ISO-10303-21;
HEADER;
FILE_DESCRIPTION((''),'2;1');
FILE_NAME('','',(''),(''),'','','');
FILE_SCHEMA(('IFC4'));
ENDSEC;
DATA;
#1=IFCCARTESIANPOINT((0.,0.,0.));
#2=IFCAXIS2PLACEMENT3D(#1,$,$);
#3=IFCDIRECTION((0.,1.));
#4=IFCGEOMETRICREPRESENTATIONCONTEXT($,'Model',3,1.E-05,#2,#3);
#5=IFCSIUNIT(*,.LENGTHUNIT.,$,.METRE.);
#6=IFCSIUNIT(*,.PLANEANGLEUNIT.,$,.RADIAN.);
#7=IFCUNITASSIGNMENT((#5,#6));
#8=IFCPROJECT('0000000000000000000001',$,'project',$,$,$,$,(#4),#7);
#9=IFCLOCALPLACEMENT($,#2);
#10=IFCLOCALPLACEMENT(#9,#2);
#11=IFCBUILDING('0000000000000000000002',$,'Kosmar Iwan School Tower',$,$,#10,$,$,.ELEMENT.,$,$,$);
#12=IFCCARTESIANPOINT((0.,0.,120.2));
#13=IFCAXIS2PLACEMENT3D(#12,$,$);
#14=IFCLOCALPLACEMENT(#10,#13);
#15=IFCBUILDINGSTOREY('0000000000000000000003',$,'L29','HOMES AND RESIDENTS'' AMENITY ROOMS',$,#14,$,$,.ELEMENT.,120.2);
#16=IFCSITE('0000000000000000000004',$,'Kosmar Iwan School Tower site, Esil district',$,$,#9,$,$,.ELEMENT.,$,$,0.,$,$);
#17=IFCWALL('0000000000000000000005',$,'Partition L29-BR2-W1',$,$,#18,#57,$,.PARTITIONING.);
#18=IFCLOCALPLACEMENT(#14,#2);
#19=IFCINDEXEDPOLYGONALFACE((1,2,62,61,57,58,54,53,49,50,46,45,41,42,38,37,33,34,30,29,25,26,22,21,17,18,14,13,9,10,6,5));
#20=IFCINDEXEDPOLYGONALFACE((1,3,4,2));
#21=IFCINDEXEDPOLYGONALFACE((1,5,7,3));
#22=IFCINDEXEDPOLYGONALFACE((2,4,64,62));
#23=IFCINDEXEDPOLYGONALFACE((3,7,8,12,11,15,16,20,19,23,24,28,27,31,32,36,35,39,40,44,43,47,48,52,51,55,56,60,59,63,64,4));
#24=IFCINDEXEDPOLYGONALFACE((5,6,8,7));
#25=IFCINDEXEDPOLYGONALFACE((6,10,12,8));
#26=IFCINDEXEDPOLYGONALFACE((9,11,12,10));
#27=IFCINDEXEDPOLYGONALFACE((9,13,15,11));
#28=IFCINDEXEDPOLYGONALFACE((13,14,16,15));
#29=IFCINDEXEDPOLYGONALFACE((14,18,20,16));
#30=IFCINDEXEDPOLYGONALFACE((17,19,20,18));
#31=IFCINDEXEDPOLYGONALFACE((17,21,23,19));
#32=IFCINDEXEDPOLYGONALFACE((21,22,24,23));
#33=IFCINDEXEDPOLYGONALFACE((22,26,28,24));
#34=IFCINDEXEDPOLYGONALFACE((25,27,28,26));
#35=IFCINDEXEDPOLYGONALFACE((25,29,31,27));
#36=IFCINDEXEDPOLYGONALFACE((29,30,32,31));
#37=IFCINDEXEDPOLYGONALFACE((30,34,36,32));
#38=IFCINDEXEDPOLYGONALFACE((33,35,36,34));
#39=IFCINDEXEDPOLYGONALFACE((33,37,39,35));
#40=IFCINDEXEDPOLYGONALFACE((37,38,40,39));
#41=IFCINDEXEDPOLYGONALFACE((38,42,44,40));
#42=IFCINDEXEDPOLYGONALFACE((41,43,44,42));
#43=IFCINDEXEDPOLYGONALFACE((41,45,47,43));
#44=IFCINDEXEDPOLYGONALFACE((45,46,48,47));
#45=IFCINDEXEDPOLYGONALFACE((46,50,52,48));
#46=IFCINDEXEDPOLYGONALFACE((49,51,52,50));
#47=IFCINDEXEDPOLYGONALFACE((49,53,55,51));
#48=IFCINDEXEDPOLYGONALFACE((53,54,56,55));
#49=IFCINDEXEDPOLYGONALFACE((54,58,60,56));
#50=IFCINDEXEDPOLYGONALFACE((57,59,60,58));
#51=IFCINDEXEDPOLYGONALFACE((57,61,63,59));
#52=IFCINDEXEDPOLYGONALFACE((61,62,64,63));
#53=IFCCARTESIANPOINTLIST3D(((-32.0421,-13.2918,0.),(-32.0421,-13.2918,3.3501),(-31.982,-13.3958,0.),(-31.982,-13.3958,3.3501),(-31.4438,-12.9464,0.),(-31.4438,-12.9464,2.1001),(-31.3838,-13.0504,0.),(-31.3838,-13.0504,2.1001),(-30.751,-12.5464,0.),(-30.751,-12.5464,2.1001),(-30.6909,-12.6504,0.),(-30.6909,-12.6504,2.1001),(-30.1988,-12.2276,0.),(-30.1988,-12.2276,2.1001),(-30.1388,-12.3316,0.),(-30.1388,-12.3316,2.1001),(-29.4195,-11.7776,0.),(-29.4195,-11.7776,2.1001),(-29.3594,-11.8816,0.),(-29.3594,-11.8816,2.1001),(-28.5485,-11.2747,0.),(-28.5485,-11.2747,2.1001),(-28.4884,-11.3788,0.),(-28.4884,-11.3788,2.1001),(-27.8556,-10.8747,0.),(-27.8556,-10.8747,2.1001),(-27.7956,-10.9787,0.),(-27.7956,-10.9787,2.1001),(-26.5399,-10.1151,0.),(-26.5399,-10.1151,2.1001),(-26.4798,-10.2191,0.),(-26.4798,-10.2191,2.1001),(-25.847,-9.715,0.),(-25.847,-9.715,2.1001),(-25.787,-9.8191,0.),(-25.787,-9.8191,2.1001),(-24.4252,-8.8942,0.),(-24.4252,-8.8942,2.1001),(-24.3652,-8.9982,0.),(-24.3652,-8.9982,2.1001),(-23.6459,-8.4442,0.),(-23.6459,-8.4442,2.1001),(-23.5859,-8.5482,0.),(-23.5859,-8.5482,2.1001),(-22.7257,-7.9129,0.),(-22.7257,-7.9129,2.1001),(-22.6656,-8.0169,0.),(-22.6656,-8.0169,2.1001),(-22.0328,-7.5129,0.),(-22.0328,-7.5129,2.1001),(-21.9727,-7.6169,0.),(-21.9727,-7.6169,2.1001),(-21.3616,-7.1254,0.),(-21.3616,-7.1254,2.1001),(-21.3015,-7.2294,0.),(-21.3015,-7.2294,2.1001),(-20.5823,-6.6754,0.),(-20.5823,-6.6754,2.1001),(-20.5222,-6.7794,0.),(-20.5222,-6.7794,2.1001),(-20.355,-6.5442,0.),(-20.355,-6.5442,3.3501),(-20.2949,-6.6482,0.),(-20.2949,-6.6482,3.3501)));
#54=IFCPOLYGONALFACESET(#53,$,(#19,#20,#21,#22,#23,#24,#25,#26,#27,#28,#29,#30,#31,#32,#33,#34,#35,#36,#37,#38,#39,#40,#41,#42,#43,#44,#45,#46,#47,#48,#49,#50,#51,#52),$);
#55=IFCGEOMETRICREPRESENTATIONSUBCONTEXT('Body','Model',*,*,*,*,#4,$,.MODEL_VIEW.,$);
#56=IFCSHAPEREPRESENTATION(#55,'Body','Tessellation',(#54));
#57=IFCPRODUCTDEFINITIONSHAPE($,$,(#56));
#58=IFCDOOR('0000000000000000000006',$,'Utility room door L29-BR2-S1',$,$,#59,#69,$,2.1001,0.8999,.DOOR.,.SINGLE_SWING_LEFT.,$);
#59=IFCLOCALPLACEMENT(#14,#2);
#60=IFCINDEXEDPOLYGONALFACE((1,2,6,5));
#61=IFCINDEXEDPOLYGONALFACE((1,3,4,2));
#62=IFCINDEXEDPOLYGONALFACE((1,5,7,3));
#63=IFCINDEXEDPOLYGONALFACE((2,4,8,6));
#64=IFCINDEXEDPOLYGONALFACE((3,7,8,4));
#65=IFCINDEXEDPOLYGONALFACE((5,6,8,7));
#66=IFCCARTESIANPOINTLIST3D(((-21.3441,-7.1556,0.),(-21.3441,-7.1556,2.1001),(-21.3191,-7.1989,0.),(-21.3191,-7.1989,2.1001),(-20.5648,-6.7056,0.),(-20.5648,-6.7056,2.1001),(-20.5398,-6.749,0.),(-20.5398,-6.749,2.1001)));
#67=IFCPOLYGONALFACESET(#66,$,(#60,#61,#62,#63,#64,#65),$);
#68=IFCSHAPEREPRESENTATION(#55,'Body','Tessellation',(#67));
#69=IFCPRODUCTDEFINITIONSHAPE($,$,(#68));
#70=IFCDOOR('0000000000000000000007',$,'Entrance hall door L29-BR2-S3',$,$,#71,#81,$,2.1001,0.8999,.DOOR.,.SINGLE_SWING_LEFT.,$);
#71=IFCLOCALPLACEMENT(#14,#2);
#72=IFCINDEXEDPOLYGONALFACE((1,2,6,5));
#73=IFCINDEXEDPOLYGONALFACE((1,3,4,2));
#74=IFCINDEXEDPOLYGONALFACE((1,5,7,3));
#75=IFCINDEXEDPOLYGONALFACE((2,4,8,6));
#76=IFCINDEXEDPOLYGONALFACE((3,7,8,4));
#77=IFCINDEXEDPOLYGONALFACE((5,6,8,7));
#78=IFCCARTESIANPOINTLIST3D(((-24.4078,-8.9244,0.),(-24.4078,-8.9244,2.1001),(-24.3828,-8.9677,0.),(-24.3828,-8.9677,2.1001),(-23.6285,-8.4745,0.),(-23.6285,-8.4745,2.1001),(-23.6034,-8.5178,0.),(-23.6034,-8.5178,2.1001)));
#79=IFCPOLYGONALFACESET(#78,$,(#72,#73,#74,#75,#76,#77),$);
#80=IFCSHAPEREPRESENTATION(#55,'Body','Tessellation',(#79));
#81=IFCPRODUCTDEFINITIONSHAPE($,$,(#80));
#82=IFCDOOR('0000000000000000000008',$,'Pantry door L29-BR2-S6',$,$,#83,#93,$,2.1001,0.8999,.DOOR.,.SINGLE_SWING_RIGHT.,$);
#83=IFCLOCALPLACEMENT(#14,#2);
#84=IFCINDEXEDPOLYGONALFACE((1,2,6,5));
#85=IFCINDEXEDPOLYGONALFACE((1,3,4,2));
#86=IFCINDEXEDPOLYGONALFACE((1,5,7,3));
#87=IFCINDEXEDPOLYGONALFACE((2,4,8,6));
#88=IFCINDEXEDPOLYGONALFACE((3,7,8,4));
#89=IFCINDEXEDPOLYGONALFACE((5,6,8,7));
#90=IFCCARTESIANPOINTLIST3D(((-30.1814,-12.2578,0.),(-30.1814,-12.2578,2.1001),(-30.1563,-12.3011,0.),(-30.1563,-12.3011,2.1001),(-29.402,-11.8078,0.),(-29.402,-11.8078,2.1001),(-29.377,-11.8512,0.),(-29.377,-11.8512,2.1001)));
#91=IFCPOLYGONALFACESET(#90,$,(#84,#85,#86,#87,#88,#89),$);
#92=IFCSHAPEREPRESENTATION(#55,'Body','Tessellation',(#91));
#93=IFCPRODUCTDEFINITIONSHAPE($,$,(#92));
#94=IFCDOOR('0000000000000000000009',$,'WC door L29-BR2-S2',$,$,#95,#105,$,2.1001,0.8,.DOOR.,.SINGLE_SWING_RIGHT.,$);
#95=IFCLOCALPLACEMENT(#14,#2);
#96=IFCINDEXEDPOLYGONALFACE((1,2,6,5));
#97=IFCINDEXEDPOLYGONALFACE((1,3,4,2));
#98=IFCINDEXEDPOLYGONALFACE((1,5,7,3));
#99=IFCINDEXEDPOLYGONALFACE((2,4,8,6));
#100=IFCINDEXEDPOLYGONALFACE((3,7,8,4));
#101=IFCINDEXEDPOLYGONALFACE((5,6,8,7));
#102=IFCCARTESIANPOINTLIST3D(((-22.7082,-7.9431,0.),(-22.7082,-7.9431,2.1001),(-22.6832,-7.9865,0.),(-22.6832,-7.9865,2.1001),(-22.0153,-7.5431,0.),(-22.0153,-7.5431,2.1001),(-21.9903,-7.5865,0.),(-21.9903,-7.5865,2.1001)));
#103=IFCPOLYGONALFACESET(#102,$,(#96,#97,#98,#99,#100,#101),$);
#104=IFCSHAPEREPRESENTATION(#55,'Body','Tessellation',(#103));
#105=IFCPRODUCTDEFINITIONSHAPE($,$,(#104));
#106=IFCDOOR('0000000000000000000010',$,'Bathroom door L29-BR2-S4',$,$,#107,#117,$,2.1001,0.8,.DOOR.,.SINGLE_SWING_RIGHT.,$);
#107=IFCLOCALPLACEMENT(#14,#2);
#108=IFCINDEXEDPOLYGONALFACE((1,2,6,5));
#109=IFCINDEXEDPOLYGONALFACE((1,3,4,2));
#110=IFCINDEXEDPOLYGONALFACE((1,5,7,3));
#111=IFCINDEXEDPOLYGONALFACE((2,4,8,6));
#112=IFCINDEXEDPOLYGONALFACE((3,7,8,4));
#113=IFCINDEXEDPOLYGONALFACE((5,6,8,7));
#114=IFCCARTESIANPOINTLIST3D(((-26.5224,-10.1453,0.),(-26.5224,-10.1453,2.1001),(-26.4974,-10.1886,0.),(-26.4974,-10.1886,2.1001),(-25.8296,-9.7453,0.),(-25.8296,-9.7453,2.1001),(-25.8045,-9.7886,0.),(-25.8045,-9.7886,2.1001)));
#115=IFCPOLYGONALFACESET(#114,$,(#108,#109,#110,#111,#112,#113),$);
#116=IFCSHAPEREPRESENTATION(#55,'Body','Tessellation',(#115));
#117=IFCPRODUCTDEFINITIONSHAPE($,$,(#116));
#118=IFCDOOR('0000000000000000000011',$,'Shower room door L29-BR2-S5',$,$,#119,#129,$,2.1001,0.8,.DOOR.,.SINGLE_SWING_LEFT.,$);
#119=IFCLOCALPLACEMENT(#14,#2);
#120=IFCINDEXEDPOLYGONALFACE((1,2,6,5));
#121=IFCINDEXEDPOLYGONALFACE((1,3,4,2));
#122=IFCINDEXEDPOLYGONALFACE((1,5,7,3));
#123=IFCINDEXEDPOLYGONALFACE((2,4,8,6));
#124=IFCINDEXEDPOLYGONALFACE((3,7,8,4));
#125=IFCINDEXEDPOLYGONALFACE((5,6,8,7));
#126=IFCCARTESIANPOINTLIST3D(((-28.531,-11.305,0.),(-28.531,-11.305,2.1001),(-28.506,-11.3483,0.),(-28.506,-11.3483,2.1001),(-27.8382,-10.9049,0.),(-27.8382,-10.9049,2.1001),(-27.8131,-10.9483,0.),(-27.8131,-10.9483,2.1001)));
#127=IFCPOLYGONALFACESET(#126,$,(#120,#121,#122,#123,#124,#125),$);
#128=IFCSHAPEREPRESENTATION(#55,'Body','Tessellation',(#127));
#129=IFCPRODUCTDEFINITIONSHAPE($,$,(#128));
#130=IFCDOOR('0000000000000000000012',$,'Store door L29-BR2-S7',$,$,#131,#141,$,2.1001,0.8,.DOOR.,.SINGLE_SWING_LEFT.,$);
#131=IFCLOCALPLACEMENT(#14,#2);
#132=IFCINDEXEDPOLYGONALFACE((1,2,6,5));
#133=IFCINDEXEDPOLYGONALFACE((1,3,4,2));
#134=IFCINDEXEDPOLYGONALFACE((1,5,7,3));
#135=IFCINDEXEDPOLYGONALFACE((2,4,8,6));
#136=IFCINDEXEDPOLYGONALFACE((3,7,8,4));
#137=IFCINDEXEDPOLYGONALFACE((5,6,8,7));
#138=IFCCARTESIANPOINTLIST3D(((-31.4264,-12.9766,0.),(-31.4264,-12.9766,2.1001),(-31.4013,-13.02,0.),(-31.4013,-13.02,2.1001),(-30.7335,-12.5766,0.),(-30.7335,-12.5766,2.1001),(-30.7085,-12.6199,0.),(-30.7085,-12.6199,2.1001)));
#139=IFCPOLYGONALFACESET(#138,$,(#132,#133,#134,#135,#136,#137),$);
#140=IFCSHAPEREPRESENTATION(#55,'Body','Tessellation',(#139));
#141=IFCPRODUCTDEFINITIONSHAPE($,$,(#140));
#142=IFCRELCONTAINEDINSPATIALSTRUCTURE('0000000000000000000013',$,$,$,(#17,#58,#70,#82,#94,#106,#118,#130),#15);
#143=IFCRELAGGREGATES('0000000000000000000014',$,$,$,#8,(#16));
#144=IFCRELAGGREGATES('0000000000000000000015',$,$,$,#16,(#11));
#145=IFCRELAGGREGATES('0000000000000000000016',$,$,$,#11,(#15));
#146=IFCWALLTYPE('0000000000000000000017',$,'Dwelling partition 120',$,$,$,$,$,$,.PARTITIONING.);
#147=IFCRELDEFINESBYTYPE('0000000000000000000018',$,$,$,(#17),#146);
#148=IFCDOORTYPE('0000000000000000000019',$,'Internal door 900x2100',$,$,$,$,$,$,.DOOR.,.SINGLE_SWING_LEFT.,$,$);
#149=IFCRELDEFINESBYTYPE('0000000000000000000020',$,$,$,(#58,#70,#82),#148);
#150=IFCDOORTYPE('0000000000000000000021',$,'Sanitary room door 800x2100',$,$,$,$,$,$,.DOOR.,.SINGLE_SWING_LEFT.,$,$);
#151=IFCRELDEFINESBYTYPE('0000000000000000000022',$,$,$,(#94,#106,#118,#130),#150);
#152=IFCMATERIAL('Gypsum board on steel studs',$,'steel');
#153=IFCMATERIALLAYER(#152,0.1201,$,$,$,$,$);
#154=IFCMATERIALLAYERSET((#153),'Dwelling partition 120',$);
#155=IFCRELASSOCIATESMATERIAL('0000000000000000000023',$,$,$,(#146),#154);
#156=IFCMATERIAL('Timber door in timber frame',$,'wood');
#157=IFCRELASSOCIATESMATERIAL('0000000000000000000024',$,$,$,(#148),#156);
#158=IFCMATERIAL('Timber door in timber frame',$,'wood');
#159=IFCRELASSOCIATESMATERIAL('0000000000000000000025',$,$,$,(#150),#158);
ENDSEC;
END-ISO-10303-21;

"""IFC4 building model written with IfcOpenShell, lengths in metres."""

from ifc_helpers import new_model, si_unit, direction, frame, frame_2d, origin, place, context, subcontext, project, spatial, rectangle, extrude, material, layer, layer_set, type_object, element, fill, save


model = new_model("IFC4")

# Units and contexts
model_context = context("Model", 3, precision=1e-05, world=origin(), true_north=direction((0.0, 1.0)))
body_context = subcontext(model_context, "Body", "Model", "MODEL_VIEW")
ifc_project = project(units=[si_unit("LENGTHUNIT", "METRE"), si_unit("PLANEANGLEUNIT", "RADIAN")], contexts=[model_context])

# Site, building, storey
site_placement = place(None, origin())
site = spatial("IfcSite", under=ifc_project, at=site_placement, Name="Kosmar Iwan School Tower site, Esil district", CompositionType="ELEMENT", RefElevation=0.0)
building_placement = place(site_placement, origin())
building = spatial("IfcBuilding", under=site, at=building_placement, Name="Kosmar Iwan School Tower", CompositionType="ELEMENT")
storey_placement = place(building_placement, frame((0.0, 0.0, 120.2)))
storey = spatial("IfcBuildingStorey", under=building, at=storey_placement, Name="L29", Description="HOMES AND RESIDENTS' AMENITY ROOMS", CompositionType="ELEMENT", Elevation=120.2)

# Shared definitions
ifc_material_1 = material(Name="Gypsum board on steel studs", Category="steel")
ifc_layer_1 = layer(ifc_material_1, 0.1201)
ifc_layer_set_1 = layer_set([ifc_layer_1], Name="Dwelling partition 120")
wall_type_1 = type_object("IfcWallType", Name="Dwelling partition 120", PredefinedType="PARTITIONING", material=ifc_layer_set_1)

# Wall, openings, doors
wall_1_placement = place(storey_placement, frame((-20.325, -6.5962, 0.0), z_axis=(0.0, 0.0, 1.0), x_axis=(-0.866024, -0.500003, 0.0)))
wall_1 = element("IfcWall", 1, at=wall_1_placement, inside=storey, type_object=wall_type_1, Name="Partition L29-BR2-W1", PredefinedType="PARTITIONING", context=body_context, shape_type="SweptSolid", body=[
    extrude(rectangle(XDim=13.4951, YDim=0.1201, at=frame_2d((6.7476, 0.0))), origin(), (0.0, 0.0, 1.0), 3.3501),
])
opening_1_placement = place(wall_1_placement, frame((0.2625, 0.0, 0.0)))
opening_1 = element("IfcOpeningElement", 2, at=opening_1_placement, cuts=wall_1, PredefinedType="OPENING", context=body_context, shape_type="SweptSolid", body=[
    extrude(rectangle(XDim=0.8999, YDim=2.1001, at=frame_2d((0.45, 1.05))), frame((0.0, 0.072, 0.0), z_axis=(0.0, -1.0, 0.0), x_axis=(1.0, 0.0, 0.0)), (0.0, 0.0, 1.0), 0.144),
])
opening_2_placement = place(wall_1_placement, frame((1.9375, 0.0, 0.0)))
opening_2 = element("IfcOpeningElement", 3, at=opening_2_placement, cuts=wall_1, PredefinedType="OPENING", context=body_context, shape_type="SweptSolid", body=[
    extrude(rectangle(XDim=0.8, YDim=2.1001, at=frame_2d((0.3999, 1.05))), frame((0.0, 0.072, 0.0), z_axis=(0.0, -1.0, 0.0), x_axis=(1.0, 0.0, 0.0)), (0.0, 0.0, 1.0), 0.144),
])
opening_3_placement = place(wall_1_placement, frame((3.8, 0.0, 0.0)))
opening_3 = element("IfcOpeningElement", 4, at=opening_3_placement, cuts=wall_1, PredefinedType="OPENING", context=body_context, shape_type="SweptSolid", body=[
    extrude(rectangle(XDim=0.8999, YDim=2.1001, at=frame_2d((0.45, 1.05))), frame((0.0, 0.072, 0.0), z_axis=(0.0, -1.0, 0.0), x_axis=(1.0, 0.0, 0.0)), (0.0, 0.0, 1.0), 0.144),
])
opening_4_placement = place(wall_1_placement, frame((6.3418, 0.0, 0.0)))
opening_4 = element("IfcOpeningElement", 5, at=opening_4_placement, cuts=wall_1, PredefinedType="OPENING", context=body_context, shape_type="SweptSolid", body=[
    extrude(rectangle(XDim=0.8, YDim=2.1001, at=frame_2d((0.3999, 1.05))), frame((0.0, 0.072, 0.0), z_axis=(0.0, -1.0, 0.0), x_axis=(1.0, 0.0, 0.0)), (0.0, 0.0, 1.0), 0.144),
])
opening_5_placement = place(wall_1_placement, frame((8.6611, 0.0, 0.0)))
opening_5 = element("IfcOpeningElement", 6, at=opening_5_placement, cuts=wall_1, PredefinedType="OPENING", context=body_context, shape_type="SweptSolid", body=[
    extrude(rectangle(XDim=0.8, YDim=2.1001, at=frame_2d((0.3999, 1.05))), frame((0.0, 0.072, 0.0), z_axis=(0.0, -1.0, 0.0), x_axis=(1.0, 0.0, 0.0)), (0.0, 0.0, 1.0), 0.144),
])
opening_6_placement = place(wall_1_placement, frame((10.4668, 0.0, 0.0)))
opening_6 = element("IfcOpeningElement", 7, at=opening_6_placement, cuts=wall_1, PredefinedType="OPENING", context=body_context, shape_type="SweptSolid", body=[
    extrude(rectangle(XDim=0.8999, YDim=2.1001, at=frame_2d((0.45, 1.05))), frame((0.0, 0.072, 0.0), z_axis=(0.0, -1.0, 0.0), x_axis=(1.0, 0.0, 0.0)), (0.0, 0.0, 1.0), 0.144),
])
opening_7_placement = place(wall_1_placement, frame((12.0044, 0.0, 0.0)))
opening_7 = element("IfcOpeningElement", 8, at=opening_7_placement, cuts=wall_1, PredefinedType="OPENING", context=body_context, shape_type="SweptSolid", body=[
    extrude(rectangle(XDim=0.8, YDim=2.1001, at=frame_2d((0.3999, 1.05))), frame((0.0, 0.072, 0.0), z_axis=(0.0, -1.0, 0.0), x_axis=(1.0, 0.0, 0.0)), (0.0, 0.0, 1.0), 0.144),
])
ifc_material_2 = material(Name="Timber door in timber frame", Category="wood")
door_type_1 = type_object("IfcDoorType", Name="Internal door 900x2100", OperationType="SINGLE_SWING_LEFT", PredefinedType="DOOR", material=ifc_material_2)
door_1_placement = place(opening_1_placement, origin())
door_1 = element("IfcDoor", 9, at=door_1_placement, inside=storey, type_object=door_type_1, Name="Utility room door L29-BR2-S1", OperationType="SINGLE_SWING_LEFT", OverallHeight=2.1001, OverallWidth=0.8999, PredefinedType="DOOR", context=body_context, shape_type="SweptSolid", body=[
    extrude(rectangle(XDim=0.8999, YDim=2.1001, at=frame_2d((0.45, 1.05))), frame((0.0, 0.0249, 0.0), z_axis=(0.0, -1.0, 0.0), x_axis=(1.0, 0.0, 0.0)), (0.0, 0.0, 1.0), 0.05),
])
fill(opening_1, door_1)
door_2_placement = place(opening_3_placement, origin())
door_2 = element("IfcDoor", 10, at=door_2_placement, inside=storey, type_object=door_type_1, Name="Entrance hall door L29-BR2-S3", OperationType="SINGLE_SWING_LEFT", OverallHeight=2.1001, OverallWidth=0.8999, PredefinedType="DOOR", context=body_context, shape_type="SweptSolid", body=[
    extrude(rectangle(XDim=0.8999, YDim=2.1001, at=frame_2d((0.45, 1.05))), frame((0.0, 0.0249, 0.0), z_axis=(0.0, -1.0, 0.0), x_axis=(1.0, 0.0, 0.0)), (0.0, 0.0, 1.0), 0.05),
])
fill(opening_3, door_2)
door_3_placement = place(opening_6_placement, origin())
door_3 = element("IfcDoor", 11, at=door_3_placement, inside=storey, type_object=door_type_1, Name="Pantry door L29-BR2-S6", OperationType="SINGLE_SWING_RIGHT", OverallHeight=2.1001, OverallWidth=0.8999, PredefinedType="DOOR", context=body_context, shape_type="SweptSolid", body=[
    extrude(rectangle(XDim=0.8999, YDim=2.1001, at=frame_2d((0.45, 1.05))), frame((0.0, 0.0249, 0.0), z_axis=(0.0, -1.0, 0.0), x_axis=(1.0, 0.0, 0.0)), (0.0, 0.0, 1.0), 0.05),
])
fill(opening_6, door_3)
ifc_material_3 = material(Name="Timber door in timber frame", Category="wood")
door_type_2 = type_object("IfcDoorType", Name="Sanitary room door 800x2100", OperationType="SINGLE_SWING_LEFT", PredefinedType="DOOR", material=ifc_material_3)
door_4_placement = place(opening_2_placement, origin())
door_4 = element("IfcDoor", 12, at=door_4_placement, inside=storey, type_object=door_type_2, Name="WC door L29-BR2-S2", OperationType="SINGLE_SWING_RIGHT", OverallHeight=2.1001, OverallWidth=0.8, PredefinedType="DOOR", context=body_context, shape_type="SweptSolid", body=[
    extrude(rectangle(XDim=0.8, YDim=2.1001, at=frame_2d((0.3999, 1.05))), frame((0.0, 0.0249, 0.0), z_axis=(0.0, -1.0, 0.0), x_axis=(1.0, 0.0, 0.0)), (0.0, 0.0, 1.0), 0.05),
])
fill(opening_2, door_4)
door_5_placement = place(opening_4_placement, origin())
door_5 = element("IfcDoor", 13, at=door_5_placement, inside=storey, type_object=door_type_2, Name="Bathroom door L29-BR2-S4", OperationType="SINGLE_SWING_RIGHT", OverallHeight=2.1001, OverallWidth=0.8, PredefinedType="DOOR", context=body_context, shape_type="SweptSolid", body=[
    extrude(rectangle(XDim=0.8, YDim=2.1001, at=frame_2d((0.3999, 1.05))), frame((0.0, 0.0249, 0.0), z_axis=(0.0, -1.0, 0.0), x_axis=(1.0, 0.0, 0.0)), (0.0, 0.0, 1.0), 0.05),
])
fill(opening_4, door_5)
door_6_placement = place(opening_5_placement, origin())
door_6 = element("IfcDoor", 14, at=door_6_placement, inside=storey, type_object=door_type_2, Name="Shower room door L29-BR2-S5", OperationType="SINGLE_SWING_LEFT", OverallHeight=2.1001, OverallWidth=0.8, PredefinedType="DOOR", context=body_context, shape_type="SweptSolid", body=[
    extrude(rectangle(XDim=0.8, YDim=2.1001, at=frame_2d((0.3999, 1.05))), frame((0.0, 0.0249, 0.0), z_axis=(0.0, -1.0, 0.0), x_axis=(1.0, 0.0, 0.0)), (0.0, 0.0, 1.0), 0.05),
])
fill(opening_5, door_6)
door_7_placement = place(opening_7_placement, origin())
door_7 = element("IfcDoor", 15, at=door_7_placement, inside=storey, type_object=door_type_2, Name="Store door L29-BR2-S7", OperationType="SINGLE_SWING_LEFT", OverallHeight=2.1001, OverallWidth=0.8, PredefinedType="DOOR", context=body_context, shape_type="SweptSolid", body=[
    extrude(rectangle(XDim=0.8, YDim=2.1001, at=frame_2d((0.3999, 1.05))), frame((0.0, 0.0249, 0.0), z_axis=(0.0, -1.0, 0.0), x_axis=(1.0, 0.0, 0.0)), (0.0, 0.0, 1.0), 0.05),
])
fill(opening_7, door_7)

save(model, "model.ifc")
